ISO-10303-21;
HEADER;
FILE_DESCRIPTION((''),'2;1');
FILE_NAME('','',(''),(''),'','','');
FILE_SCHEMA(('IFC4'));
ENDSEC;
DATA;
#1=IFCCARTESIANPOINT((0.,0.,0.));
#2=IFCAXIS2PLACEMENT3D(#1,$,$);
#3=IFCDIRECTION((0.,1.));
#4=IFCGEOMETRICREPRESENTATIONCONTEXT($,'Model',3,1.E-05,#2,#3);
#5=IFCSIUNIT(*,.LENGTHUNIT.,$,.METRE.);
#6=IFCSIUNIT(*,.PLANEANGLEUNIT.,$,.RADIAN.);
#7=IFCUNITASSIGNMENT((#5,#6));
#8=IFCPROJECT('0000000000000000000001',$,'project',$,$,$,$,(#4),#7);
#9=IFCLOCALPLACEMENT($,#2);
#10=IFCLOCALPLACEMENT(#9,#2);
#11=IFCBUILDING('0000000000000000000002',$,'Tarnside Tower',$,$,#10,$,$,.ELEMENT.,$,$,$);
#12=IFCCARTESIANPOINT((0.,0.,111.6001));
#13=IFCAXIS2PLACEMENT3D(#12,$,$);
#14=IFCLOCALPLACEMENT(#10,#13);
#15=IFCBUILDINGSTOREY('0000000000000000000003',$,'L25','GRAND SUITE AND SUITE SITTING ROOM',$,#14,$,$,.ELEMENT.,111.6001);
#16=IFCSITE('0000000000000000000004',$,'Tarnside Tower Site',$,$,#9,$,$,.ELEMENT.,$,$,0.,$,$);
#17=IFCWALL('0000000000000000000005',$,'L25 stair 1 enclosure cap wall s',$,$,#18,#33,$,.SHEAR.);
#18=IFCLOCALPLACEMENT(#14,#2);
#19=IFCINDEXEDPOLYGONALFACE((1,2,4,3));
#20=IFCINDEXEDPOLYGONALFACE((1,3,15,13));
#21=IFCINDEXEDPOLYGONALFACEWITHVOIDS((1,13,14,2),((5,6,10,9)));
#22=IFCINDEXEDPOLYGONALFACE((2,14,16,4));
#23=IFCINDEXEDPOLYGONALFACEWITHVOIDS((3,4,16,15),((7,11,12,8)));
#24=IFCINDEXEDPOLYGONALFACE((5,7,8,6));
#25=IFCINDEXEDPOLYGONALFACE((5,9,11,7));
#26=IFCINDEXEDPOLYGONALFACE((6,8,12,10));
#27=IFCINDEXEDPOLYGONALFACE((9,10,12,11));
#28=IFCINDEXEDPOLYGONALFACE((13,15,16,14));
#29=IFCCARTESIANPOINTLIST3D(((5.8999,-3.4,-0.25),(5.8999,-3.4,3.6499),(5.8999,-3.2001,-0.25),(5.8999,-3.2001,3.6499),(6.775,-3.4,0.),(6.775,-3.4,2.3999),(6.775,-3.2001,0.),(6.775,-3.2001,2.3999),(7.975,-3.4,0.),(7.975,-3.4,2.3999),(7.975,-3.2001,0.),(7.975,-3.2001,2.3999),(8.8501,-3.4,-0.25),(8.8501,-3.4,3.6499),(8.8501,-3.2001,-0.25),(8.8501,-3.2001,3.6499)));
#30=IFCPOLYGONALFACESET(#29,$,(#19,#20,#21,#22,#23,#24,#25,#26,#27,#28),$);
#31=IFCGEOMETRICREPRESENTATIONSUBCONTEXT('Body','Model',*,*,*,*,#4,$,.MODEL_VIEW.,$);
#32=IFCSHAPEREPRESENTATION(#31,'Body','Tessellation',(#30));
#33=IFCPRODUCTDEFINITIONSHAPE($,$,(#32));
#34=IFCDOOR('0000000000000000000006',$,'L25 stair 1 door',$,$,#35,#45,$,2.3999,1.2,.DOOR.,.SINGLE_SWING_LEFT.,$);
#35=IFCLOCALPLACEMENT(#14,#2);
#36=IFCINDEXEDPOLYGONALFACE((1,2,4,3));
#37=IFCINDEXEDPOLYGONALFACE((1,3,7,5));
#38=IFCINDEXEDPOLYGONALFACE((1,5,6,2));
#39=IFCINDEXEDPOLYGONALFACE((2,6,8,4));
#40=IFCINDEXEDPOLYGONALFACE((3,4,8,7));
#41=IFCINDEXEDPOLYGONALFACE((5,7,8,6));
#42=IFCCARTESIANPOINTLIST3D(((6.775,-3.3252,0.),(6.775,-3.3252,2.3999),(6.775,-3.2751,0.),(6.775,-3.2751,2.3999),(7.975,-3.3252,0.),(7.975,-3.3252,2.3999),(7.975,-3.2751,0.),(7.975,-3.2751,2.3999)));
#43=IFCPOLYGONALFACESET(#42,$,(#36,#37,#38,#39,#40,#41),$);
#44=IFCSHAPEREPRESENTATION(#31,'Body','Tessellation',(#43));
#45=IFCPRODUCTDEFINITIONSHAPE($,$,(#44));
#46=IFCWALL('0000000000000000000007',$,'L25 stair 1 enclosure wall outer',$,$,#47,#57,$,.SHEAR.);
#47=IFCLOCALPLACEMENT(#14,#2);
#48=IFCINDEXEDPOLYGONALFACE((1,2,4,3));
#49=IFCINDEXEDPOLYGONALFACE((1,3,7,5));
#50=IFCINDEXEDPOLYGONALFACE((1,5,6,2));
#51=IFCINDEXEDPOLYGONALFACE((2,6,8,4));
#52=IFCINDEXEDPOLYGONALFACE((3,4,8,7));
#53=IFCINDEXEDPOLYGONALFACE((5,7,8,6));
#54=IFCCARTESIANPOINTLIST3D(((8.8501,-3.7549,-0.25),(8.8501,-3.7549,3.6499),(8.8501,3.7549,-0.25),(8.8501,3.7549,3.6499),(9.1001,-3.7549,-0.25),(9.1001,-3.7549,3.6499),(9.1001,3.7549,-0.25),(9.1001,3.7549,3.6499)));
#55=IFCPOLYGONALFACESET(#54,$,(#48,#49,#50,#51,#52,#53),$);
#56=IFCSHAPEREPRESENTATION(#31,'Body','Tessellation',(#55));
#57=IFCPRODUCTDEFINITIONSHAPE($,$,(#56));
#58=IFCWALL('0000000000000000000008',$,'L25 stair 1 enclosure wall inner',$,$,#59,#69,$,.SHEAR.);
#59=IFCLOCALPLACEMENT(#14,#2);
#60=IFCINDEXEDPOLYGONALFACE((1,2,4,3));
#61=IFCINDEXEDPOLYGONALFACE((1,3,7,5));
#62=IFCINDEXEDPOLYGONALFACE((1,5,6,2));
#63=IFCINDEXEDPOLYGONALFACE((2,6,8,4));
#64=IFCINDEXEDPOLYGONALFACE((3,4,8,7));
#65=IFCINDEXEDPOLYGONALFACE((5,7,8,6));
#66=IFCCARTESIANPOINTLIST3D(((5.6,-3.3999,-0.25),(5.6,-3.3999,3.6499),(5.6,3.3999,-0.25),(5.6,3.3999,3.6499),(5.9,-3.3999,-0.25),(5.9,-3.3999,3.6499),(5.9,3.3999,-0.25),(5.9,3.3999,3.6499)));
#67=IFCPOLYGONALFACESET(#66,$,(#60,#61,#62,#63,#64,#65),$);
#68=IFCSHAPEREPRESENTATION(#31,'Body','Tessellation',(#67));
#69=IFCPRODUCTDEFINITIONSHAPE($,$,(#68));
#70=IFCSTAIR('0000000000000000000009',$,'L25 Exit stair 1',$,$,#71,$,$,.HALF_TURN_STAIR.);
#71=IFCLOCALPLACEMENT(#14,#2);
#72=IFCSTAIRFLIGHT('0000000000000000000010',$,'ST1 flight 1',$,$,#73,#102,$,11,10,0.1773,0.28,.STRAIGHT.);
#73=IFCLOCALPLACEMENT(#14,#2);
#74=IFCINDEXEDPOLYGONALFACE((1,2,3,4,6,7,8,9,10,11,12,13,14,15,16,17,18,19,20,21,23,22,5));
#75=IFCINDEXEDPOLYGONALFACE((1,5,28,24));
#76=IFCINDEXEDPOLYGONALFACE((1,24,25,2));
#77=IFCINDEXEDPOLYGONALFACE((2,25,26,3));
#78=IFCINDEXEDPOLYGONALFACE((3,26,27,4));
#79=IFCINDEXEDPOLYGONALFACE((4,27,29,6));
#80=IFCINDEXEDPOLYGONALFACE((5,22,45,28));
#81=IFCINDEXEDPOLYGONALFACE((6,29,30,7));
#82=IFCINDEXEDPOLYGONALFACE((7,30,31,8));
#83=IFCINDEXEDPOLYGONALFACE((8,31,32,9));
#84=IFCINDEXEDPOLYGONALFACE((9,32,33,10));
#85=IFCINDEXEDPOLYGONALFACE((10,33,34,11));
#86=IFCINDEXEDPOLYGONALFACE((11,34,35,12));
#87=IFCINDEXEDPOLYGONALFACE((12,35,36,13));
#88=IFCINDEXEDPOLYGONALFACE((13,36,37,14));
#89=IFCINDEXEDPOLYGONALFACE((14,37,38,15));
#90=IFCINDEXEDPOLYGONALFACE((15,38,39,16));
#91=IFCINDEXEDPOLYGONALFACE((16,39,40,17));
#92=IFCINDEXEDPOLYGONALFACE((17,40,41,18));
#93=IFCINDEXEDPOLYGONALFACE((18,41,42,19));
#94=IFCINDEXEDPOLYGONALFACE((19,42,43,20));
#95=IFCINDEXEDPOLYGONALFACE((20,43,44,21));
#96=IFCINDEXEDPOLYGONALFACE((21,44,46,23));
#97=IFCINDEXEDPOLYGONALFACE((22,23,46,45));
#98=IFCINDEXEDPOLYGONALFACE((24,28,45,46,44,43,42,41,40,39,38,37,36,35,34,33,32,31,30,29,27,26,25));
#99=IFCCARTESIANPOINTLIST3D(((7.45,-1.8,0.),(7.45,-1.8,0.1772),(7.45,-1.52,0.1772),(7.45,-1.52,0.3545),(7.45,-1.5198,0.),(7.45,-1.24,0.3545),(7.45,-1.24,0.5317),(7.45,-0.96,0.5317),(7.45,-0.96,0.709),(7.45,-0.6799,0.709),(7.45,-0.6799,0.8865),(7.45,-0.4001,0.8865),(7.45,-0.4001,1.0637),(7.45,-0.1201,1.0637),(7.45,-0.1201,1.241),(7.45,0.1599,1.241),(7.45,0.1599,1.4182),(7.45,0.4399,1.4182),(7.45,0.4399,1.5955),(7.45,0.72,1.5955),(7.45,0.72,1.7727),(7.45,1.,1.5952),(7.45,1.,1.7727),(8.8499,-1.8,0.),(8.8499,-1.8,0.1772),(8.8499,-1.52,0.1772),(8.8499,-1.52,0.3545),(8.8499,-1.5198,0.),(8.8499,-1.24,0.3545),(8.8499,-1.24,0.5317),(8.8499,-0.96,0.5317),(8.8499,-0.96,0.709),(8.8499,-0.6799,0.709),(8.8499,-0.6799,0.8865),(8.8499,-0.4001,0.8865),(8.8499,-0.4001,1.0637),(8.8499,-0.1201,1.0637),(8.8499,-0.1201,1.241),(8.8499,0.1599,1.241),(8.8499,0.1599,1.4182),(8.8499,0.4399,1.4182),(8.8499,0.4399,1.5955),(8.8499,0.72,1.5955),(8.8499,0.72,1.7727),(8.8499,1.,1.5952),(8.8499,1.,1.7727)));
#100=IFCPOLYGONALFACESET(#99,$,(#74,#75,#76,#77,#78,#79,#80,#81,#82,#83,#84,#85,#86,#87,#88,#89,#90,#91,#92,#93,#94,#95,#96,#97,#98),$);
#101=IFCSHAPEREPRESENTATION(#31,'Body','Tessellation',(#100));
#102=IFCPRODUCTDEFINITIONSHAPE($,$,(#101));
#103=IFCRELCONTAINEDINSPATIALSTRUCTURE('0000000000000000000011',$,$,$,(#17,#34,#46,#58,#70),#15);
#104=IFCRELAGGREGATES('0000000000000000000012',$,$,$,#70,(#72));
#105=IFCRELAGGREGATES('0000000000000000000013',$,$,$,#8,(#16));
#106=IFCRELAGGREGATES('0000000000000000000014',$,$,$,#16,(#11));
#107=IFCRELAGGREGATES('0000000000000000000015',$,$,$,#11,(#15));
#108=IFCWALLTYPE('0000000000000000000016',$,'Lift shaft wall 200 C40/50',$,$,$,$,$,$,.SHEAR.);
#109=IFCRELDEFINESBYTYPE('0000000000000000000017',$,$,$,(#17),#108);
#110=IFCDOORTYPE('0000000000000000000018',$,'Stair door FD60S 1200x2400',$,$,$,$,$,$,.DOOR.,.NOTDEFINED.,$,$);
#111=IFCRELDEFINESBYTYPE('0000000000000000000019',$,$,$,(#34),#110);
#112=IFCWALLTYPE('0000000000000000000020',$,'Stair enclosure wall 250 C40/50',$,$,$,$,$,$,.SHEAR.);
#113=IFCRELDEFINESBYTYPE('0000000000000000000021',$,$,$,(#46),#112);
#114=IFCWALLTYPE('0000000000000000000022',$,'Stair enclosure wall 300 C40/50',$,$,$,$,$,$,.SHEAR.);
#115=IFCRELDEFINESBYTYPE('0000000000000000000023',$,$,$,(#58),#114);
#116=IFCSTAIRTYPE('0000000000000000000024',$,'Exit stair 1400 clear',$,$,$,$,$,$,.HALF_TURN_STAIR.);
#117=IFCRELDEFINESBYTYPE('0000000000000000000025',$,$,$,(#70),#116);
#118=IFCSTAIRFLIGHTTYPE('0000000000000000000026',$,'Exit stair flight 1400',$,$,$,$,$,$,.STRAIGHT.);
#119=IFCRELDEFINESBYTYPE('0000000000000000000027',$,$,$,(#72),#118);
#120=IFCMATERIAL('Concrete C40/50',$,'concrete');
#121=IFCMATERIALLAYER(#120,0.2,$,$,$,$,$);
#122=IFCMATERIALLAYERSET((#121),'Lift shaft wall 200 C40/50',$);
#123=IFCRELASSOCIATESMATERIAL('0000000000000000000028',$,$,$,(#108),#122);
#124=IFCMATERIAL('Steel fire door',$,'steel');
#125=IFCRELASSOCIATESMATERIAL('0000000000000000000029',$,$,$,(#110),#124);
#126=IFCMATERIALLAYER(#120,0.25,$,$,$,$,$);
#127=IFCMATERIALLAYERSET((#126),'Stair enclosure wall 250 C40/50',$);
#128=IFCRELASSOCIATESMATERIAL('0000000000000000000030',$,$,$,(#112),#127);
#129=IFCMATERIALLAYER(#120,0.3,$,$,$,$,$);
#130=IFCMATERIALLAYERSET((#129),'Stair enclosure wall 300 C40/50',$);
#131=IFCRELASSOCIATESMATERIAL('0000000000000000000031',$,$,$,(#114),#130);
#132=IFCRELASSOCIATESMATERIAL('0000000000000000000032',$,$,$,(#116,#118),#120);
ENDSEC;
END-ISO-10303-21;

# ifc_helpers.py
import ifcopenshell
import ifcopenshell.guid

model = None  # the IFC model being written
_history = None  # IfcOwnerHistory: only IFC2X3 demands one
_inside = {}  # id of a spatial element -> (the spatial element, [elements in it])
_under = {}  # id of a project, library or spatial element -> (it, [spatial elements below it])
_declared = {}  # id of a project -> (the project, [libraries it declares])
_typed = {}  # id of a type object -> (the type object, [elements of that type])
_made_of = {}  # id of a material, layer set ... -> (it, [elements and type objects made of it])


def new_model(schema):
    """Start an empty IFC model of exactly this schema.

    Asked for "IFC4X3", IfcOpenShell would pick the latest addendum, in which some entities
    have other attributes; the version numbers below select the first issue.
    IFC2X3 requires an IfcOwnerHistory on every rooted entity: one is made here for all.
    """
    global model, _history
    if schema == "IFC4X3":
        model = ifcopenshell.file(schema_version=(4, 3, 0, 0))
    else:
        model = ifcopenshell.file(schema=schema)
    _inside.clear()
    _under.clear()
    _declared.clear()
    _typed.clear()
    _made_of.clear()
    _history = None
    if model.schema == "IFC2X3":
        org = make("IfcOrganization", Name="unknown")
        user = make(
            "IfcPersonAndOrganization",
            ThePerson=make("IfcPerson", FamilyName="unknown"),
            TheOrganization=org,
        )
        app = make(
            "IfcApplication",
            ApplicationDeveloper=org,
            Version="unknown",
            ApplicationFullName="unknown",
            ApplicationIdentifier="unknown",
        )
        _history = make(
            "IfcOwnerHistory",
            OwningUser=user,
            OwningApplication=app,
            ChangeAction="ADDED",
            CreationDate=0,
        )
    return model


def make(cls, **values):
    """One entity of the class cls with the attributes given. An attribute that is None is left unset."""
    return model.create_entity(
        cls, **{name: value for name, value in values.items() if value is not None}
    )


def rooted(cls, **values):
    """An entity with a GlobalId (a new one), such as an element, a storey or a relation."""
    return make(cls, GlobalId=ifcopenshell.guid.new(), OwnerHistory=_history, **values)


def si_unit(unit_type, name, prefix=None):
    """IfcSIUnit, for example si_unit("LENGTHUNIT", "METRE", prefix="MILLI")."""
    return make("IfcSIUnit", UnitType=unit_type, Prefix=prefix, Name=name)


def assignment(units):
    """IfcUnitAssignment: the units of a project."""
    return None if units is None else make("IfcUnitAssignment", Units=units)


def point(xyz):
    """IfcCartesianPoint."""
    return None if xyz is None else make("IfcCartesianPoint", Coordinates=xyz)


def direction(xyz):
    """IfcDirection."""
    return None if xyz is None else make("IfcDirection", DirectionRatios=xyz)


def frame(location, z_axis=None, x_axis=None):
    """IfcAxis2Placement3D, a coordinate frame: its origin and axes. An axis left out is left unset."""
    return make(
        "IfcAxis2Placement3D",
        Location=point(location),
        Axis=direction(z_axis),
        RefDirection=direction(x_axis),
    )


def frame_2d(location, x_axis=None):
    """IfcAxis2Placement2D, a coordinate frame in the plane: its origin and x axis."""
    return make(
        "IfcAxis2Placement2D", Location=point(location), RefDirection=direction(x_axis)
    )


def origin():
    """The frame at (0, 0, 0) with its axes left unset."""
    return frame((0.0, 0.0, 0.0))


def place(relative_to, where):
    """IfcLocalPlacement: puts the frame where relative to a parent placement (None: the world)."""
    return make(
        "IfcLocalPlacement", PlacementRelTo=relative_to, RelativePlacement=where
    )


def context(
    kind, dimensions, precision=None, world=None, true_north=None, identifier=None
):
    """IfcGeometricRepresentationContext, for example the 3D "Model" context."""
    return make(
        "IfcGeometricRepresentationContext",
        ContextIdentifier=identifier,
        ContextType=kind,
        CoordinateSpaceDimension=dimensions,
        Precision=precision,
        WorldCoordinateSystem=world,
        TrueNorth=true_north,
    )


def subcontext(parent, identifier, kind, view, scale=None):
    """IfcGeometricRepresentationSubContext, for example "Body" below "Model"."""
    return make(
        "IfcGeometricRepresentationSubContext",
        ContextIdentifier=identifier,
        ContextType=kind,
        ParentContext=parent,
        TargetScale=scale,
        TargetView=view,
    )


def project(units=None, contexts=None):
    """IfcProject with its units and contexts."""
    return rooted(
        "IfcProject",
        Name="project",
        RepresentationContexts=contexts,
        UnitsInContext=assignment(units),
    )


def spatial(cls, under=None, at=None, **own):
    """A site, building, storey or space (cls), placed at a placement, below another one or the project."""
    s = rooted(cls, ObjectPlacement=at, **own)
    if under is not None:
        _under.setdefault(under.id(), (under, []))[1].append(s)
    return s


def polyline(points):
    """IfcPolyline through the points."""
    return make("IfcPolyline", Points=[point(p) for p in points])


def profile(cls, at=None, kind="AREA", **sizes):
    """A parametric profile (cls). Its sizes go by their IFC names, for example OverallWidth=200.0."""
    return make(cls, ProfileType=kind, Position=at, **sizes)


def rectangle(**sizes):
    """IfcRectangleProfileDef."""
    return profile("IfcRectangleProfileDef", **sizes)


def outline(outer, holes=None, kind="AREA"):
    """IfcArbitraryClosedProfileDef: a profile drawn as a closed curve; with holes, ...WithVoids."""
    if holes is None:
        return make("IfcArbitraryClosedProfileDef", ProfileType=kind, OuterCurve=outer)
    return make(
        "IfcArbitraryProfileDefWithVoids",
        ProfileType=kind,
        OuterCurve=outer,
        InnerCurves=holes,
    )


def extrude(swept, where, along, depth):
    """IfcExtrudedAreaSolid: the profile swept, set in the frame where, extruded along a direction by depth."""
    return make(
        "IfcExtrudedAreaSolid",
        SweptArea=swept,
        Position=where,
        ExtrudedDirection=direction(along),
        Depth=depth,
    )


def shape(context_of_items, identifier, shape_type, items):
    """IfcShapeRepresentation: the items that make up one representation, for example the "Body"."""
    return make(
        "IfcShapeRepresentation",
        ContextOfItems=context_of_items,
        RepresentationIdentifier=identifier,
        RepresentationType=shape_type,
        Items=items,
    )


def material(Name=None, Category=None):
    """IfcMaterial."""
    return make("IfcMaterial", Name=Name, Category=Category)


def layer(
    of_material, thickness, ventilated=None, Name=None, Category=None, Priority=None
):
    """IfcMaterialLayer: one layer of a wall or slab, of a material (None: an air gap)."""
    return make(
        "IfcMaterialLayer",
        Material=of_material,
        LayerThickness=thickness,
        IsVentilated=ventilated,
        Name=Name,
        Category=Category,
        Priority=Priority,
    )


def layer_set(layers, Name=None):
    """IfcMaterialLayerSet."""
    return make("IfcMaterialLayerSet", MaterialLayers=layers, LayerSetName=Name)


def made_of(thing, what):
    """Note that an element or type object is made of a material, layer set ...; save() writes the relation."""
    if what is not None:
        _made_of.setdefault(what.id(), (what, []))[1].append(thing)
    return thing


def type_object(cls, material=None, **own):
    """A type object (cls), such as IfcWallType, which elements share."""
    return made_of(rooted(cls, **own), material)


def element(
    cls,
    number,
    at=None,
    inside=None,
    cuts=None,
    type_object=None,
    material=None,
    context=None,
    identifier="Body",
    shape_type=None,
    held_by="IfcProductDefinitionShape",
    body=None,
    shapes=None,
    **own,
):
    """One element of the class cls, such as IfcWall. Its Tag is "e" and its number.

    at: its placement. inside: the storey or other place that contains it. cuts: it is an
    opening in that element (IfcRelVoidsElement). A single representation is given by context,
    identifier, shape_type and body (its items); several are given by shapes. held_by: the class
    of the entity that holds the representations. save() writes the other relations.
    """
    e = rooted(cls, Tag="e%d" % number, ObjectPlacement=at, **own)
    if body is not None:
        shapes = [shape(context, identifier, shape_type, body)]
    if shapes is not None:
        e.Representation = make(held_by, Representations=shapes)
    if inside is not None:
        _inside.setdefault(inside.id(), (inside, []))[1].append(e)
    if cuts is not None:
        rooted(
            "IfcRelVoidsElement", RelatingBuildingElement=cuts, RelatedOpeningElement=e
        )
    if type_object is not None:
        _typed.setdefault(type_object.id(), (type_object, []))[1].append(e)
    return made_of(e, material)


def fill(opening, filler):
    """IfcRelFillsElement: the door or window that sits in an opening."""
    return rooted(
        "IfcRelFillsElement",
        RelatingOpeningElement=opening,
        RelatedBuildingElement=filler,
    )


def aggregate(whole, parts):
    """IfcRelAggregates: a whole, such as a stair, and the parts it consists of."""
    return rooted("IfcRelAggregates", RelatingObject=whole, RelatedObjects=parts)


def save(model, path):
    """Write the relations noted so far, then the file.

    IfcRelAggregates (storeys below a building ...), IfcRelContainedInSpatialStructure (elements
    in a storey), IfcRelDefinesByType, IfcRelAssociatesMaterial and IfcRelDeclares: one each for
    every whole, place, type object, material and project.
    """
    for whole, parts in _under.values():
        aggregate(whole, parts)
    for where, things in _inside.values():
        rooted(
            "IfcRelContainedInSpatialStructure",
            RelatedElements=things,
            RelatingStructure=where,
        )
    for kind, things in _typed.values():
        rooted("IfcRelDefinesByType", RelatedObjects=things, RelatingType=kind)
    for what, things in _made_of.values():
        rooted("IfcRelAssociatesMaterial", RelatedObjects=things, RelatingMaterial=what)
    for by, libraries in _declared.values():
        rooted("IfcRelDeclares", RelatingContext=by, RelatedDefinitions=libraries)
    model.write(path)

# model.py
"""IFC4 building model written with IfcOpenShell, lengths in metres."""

from ifc_helpers import new_model, si_unit, direction, frame, frame_2d, origin, place, context, subcontext, project, spatial, polyline, rectangle, outline, extrude, material, layer, layer_set, type_object, element, fill, aggregate, save


model = new_model("IFC4")

# Units and contexts
model_context = context("Model", 3, precision=1e-05, world=origin(), true_north=direction((0.0, 1.0)))
body_context = subcontext(model_context, "Body", "Model", "MODEL_VIEW")
ifc_project = project(units=[si_unit("LENGTHUNIT", "METRE"), si_unit("PLANEANGLEUNIT", "RADIAN")], contexts=[model_context])

# Site, building, storey
site_placement = place(None, origin())
site = spatial("IfcSite", under=ifc_project, at=site_placement, Name="Tarnside Tower Site", CompositionType="ELEMENT", RefElevation=0.0)
building_placement = place(site_placement, origin())
building = spatial("IfcBuilding", under=site, at=building_placement, Name="Tarnside Tower", CompositionType="ELEMENT")
storey_placement = place(building_placement, frame((0.0, 0.0, 111.6001)))
storey = spatial("IfcBuildingStorey", under=building, at=storey_placement, Name="L25", Description="GRAND SUITE AND SUITE SITTING ROOM", CompositionType="ELEMENT", Elevation=111.6001)

# Shared definitions
ifc_material_1 = material(Name="Concrete C40/50", Category="concrete")

# Wall, opening, door
ifc_material_2 = material(Name="Steel fire door", Category="steel")
ifc_layer_1 = layer(ifc_material_1, 0.2)
ifc_layer_set_1 = layer_set([ifc_layer_1], Name="Lift shaft wall 200 C40/50")
wall_type_1 = type_object("IfcWallType", Name="Lift shaft wall 200 C40/50", PredefinedType="SHEAR", material=ifc_layer_set_1)
wall_1_placement = place(storey_placement, frame((5.8999, -3.3, -0.25), z_axis=(0.0, 0.0, 1.0), x_axis=(1.0, 0.0, 0.0)))
wall_1 = element("IfcWall", 1, at=wall_1_placement, inside=storey, type_object=wall_type_1, Name="L25 stair 1 enclosure cap wall s", PredefinedType="SHEAR", context=body_context, shape_type="SweptSolid", body=[
    extrude(rectangle(XDim=2.9502, YDim=0.2, at=frame_2d((1.4751, 0.0))), origin(), (0.0, 0.0, 1.0), 3.8999),
])
opening_1_placement = place(wall_1_placement, frame((0.875, 0.0, 0.25)))
opening_1 = element("IfcOpeningElement", 2, at=opening_1_placement, cuts=wall_1, PredefinedType="OPENING", context=body_context, shape_type="SweptSolid", body=[
    extrude(rectangle(XDim=1.2, YDim=2.3999, at=frame_2d((0.6001, 1.2))), frame((0.0, 0.1099, 0.0), z_axis=(0.0, -1.0, 0.0), x_axis=(1.0, 0.0, 0.0)), (0.0, 0.0, 1.0), 0.22),
])
door_type_1 = type_object("IfcDoorType", Name="Stair door FD60S 1200x2400", OperationType="NOTDEFINED", PredefinedType="DOOR", material=ifc_material_2)
door_1_placement = place(opening_1_placement, origin())
door_1 = element("IfcDoor", 3, at=door_1_placement, inside=storey, type_object=door_type_1, Name="L25 stair 1 door", OperationType="SINGLE_SWING_LEFT", OverallHeight=2.3999, OverallWidth=1.2, PredefinedType="DOOR", context=body_context, shape_type="SweptSolid", body=[
    extrude(rectangle(XDim=1.2, YDim=2.3999, at=frame_2d((0.6001, 1.2))), frame((0.0, 0.0249, 0.0), z_axis=(0.0, -1.0, 0.0), x_axis=(1.0, 0.0, 0.0)), (0.0, 0.0, 1.0), 0.05),
])
fill(opening_1, door_1)

# Walls
ifc_layer_2 = layer(ifc_material_1, 0.25)
ifc_layer_set_2 = layer_set([ifc_layer_2], Name="Stair enclosure wall 250 C40/50")
wall_type_2 = type_object("IfcWallType", Name="Stair enclosure wall 250 C40/50", PredefinedType="SHEAR", material=ifc_layer_set_2)
wall_2_placement = place(storey_placement, frame((8.9751, -3.7549, -0.25), z_axis=(0.0, 0.0, 1.0), x_axis=(0.0, 1.0, 0.0)))
element("IfcWall", 4, at=wall_2_placement, inside=storey, type_object=wall_type_2, Name="L25 stair 1 enclosure wall outer", PredefinedType="SHEAR", context=body_context, shape_type="SweptSolid", body=[
    extrude(rectangle(XDim=7.5098, YDim=0.25, at=frame_2d((3.7549, 0.0))), origin(), (0.0, 0.0, 1.0), 3.8999),
])
ifc_layer_3 = layer(ifc_material_1, 0.3)
ifc_layer_set_3 = layer_set([ifc_layer_3], Name="Stair enclosure wall 300 C40/50")
wall_type_3 = type_object("IfcWallType", Name="Stair enclosure wall 300 C40/50", PredefinedType="SHEAR", material=ifc_layer_set_3)
wall_3_placement = place(storey_placement, frame((5.75, -3.3999, -0.25), z_axis=(0.0, 0.0, 1.0), x_axis=(0.0, 1.0, 0.0)))
element("IfcWall", 5, at=wall_3_placement, inside=storey, type_object=wall_type_3, Name="L25 stair 1 enclosure wall inner", PredefinedType="SHEAR", context=body_context, shape_type="SweptSolid", body=[
    extrude(rectangle(XDim=6.7998, YDim=0.3, at=frame_2d((3.3999, 0.0))), origin(), (0.0, 0.0, 1.0), 3.8999),
])

# Stair, stair flight
stair_type = type_object("IfcStairType", Name="Exit stair 1400 clear", PredefinedType="HALF_TURN_STAIR", material=ifc_material_1)
stair_placement = place(storey_placement, origin())
stair = element("IfcStair", 6, at=stair_placement, inside=storey, type_object=stair_type, Name="L25 Exit stair 1", PredefinedType="HALF_TURN_STAIR")
stair_flight_type = type_object("IfcStairFlightType", Name="Exit stair flight 1400", PredefinedType="STRAIGHT", material=ifc_material_1)
stair_flight_placement = place(storey_placement, frame((8.1499, -1.8, 0.0), z_axis=(0.0, 0.0, 1.0), x_axis=(0.0, 1.0, 0.0)))
stair_flight = element("IfcStairFlight", 7, at=stair_flight_placement, type_object=stair_flight_type, Name="ST1 flight 1", NumberOfRisers=11, NumberOfTreads=10, PredefinedType="STRAIGHT", RiserHeight=0.1773, TreadLength=0.28, context=body_context, shape_type="SweptSolid", body=[
    extrude(outline(polyline([(0.0, 0.0), (0.0, 0.1772), (0.28, 0.1772), (0.28, 0.3545), (0.5601, 0.3545), (0.5601, 0.5317), (0.8401, 0.5317), (0.8401, 0.709), (1.1201, 0.709), (1.1201, 0.8865), (1.3999, 0.8865), (1.3999, 1.0637), (1.6799, 1.0637), (1.6799, 1.241), (1.96, 1.241), (1.96, 1.4182), (2.24, 1.4182), (2.24, 1.5955), (2.52, 1.5955), (2.52, 1.7727), (2.8, 1.7727), (2.8, 1.95), (2.8, 1.5952), (0.2803, 0.0), (0.0, 0.0)])), frame((0.0, 0.7, 0.0), z_axis=(0.0, -1.0, 0.0), x_axis=(1.0, 0.0, 0.0)), (0.0, 0.0, 1.0), 1.3999),
])
aggregate(stair, [stair_flight])

save(model, "model.ifc")
